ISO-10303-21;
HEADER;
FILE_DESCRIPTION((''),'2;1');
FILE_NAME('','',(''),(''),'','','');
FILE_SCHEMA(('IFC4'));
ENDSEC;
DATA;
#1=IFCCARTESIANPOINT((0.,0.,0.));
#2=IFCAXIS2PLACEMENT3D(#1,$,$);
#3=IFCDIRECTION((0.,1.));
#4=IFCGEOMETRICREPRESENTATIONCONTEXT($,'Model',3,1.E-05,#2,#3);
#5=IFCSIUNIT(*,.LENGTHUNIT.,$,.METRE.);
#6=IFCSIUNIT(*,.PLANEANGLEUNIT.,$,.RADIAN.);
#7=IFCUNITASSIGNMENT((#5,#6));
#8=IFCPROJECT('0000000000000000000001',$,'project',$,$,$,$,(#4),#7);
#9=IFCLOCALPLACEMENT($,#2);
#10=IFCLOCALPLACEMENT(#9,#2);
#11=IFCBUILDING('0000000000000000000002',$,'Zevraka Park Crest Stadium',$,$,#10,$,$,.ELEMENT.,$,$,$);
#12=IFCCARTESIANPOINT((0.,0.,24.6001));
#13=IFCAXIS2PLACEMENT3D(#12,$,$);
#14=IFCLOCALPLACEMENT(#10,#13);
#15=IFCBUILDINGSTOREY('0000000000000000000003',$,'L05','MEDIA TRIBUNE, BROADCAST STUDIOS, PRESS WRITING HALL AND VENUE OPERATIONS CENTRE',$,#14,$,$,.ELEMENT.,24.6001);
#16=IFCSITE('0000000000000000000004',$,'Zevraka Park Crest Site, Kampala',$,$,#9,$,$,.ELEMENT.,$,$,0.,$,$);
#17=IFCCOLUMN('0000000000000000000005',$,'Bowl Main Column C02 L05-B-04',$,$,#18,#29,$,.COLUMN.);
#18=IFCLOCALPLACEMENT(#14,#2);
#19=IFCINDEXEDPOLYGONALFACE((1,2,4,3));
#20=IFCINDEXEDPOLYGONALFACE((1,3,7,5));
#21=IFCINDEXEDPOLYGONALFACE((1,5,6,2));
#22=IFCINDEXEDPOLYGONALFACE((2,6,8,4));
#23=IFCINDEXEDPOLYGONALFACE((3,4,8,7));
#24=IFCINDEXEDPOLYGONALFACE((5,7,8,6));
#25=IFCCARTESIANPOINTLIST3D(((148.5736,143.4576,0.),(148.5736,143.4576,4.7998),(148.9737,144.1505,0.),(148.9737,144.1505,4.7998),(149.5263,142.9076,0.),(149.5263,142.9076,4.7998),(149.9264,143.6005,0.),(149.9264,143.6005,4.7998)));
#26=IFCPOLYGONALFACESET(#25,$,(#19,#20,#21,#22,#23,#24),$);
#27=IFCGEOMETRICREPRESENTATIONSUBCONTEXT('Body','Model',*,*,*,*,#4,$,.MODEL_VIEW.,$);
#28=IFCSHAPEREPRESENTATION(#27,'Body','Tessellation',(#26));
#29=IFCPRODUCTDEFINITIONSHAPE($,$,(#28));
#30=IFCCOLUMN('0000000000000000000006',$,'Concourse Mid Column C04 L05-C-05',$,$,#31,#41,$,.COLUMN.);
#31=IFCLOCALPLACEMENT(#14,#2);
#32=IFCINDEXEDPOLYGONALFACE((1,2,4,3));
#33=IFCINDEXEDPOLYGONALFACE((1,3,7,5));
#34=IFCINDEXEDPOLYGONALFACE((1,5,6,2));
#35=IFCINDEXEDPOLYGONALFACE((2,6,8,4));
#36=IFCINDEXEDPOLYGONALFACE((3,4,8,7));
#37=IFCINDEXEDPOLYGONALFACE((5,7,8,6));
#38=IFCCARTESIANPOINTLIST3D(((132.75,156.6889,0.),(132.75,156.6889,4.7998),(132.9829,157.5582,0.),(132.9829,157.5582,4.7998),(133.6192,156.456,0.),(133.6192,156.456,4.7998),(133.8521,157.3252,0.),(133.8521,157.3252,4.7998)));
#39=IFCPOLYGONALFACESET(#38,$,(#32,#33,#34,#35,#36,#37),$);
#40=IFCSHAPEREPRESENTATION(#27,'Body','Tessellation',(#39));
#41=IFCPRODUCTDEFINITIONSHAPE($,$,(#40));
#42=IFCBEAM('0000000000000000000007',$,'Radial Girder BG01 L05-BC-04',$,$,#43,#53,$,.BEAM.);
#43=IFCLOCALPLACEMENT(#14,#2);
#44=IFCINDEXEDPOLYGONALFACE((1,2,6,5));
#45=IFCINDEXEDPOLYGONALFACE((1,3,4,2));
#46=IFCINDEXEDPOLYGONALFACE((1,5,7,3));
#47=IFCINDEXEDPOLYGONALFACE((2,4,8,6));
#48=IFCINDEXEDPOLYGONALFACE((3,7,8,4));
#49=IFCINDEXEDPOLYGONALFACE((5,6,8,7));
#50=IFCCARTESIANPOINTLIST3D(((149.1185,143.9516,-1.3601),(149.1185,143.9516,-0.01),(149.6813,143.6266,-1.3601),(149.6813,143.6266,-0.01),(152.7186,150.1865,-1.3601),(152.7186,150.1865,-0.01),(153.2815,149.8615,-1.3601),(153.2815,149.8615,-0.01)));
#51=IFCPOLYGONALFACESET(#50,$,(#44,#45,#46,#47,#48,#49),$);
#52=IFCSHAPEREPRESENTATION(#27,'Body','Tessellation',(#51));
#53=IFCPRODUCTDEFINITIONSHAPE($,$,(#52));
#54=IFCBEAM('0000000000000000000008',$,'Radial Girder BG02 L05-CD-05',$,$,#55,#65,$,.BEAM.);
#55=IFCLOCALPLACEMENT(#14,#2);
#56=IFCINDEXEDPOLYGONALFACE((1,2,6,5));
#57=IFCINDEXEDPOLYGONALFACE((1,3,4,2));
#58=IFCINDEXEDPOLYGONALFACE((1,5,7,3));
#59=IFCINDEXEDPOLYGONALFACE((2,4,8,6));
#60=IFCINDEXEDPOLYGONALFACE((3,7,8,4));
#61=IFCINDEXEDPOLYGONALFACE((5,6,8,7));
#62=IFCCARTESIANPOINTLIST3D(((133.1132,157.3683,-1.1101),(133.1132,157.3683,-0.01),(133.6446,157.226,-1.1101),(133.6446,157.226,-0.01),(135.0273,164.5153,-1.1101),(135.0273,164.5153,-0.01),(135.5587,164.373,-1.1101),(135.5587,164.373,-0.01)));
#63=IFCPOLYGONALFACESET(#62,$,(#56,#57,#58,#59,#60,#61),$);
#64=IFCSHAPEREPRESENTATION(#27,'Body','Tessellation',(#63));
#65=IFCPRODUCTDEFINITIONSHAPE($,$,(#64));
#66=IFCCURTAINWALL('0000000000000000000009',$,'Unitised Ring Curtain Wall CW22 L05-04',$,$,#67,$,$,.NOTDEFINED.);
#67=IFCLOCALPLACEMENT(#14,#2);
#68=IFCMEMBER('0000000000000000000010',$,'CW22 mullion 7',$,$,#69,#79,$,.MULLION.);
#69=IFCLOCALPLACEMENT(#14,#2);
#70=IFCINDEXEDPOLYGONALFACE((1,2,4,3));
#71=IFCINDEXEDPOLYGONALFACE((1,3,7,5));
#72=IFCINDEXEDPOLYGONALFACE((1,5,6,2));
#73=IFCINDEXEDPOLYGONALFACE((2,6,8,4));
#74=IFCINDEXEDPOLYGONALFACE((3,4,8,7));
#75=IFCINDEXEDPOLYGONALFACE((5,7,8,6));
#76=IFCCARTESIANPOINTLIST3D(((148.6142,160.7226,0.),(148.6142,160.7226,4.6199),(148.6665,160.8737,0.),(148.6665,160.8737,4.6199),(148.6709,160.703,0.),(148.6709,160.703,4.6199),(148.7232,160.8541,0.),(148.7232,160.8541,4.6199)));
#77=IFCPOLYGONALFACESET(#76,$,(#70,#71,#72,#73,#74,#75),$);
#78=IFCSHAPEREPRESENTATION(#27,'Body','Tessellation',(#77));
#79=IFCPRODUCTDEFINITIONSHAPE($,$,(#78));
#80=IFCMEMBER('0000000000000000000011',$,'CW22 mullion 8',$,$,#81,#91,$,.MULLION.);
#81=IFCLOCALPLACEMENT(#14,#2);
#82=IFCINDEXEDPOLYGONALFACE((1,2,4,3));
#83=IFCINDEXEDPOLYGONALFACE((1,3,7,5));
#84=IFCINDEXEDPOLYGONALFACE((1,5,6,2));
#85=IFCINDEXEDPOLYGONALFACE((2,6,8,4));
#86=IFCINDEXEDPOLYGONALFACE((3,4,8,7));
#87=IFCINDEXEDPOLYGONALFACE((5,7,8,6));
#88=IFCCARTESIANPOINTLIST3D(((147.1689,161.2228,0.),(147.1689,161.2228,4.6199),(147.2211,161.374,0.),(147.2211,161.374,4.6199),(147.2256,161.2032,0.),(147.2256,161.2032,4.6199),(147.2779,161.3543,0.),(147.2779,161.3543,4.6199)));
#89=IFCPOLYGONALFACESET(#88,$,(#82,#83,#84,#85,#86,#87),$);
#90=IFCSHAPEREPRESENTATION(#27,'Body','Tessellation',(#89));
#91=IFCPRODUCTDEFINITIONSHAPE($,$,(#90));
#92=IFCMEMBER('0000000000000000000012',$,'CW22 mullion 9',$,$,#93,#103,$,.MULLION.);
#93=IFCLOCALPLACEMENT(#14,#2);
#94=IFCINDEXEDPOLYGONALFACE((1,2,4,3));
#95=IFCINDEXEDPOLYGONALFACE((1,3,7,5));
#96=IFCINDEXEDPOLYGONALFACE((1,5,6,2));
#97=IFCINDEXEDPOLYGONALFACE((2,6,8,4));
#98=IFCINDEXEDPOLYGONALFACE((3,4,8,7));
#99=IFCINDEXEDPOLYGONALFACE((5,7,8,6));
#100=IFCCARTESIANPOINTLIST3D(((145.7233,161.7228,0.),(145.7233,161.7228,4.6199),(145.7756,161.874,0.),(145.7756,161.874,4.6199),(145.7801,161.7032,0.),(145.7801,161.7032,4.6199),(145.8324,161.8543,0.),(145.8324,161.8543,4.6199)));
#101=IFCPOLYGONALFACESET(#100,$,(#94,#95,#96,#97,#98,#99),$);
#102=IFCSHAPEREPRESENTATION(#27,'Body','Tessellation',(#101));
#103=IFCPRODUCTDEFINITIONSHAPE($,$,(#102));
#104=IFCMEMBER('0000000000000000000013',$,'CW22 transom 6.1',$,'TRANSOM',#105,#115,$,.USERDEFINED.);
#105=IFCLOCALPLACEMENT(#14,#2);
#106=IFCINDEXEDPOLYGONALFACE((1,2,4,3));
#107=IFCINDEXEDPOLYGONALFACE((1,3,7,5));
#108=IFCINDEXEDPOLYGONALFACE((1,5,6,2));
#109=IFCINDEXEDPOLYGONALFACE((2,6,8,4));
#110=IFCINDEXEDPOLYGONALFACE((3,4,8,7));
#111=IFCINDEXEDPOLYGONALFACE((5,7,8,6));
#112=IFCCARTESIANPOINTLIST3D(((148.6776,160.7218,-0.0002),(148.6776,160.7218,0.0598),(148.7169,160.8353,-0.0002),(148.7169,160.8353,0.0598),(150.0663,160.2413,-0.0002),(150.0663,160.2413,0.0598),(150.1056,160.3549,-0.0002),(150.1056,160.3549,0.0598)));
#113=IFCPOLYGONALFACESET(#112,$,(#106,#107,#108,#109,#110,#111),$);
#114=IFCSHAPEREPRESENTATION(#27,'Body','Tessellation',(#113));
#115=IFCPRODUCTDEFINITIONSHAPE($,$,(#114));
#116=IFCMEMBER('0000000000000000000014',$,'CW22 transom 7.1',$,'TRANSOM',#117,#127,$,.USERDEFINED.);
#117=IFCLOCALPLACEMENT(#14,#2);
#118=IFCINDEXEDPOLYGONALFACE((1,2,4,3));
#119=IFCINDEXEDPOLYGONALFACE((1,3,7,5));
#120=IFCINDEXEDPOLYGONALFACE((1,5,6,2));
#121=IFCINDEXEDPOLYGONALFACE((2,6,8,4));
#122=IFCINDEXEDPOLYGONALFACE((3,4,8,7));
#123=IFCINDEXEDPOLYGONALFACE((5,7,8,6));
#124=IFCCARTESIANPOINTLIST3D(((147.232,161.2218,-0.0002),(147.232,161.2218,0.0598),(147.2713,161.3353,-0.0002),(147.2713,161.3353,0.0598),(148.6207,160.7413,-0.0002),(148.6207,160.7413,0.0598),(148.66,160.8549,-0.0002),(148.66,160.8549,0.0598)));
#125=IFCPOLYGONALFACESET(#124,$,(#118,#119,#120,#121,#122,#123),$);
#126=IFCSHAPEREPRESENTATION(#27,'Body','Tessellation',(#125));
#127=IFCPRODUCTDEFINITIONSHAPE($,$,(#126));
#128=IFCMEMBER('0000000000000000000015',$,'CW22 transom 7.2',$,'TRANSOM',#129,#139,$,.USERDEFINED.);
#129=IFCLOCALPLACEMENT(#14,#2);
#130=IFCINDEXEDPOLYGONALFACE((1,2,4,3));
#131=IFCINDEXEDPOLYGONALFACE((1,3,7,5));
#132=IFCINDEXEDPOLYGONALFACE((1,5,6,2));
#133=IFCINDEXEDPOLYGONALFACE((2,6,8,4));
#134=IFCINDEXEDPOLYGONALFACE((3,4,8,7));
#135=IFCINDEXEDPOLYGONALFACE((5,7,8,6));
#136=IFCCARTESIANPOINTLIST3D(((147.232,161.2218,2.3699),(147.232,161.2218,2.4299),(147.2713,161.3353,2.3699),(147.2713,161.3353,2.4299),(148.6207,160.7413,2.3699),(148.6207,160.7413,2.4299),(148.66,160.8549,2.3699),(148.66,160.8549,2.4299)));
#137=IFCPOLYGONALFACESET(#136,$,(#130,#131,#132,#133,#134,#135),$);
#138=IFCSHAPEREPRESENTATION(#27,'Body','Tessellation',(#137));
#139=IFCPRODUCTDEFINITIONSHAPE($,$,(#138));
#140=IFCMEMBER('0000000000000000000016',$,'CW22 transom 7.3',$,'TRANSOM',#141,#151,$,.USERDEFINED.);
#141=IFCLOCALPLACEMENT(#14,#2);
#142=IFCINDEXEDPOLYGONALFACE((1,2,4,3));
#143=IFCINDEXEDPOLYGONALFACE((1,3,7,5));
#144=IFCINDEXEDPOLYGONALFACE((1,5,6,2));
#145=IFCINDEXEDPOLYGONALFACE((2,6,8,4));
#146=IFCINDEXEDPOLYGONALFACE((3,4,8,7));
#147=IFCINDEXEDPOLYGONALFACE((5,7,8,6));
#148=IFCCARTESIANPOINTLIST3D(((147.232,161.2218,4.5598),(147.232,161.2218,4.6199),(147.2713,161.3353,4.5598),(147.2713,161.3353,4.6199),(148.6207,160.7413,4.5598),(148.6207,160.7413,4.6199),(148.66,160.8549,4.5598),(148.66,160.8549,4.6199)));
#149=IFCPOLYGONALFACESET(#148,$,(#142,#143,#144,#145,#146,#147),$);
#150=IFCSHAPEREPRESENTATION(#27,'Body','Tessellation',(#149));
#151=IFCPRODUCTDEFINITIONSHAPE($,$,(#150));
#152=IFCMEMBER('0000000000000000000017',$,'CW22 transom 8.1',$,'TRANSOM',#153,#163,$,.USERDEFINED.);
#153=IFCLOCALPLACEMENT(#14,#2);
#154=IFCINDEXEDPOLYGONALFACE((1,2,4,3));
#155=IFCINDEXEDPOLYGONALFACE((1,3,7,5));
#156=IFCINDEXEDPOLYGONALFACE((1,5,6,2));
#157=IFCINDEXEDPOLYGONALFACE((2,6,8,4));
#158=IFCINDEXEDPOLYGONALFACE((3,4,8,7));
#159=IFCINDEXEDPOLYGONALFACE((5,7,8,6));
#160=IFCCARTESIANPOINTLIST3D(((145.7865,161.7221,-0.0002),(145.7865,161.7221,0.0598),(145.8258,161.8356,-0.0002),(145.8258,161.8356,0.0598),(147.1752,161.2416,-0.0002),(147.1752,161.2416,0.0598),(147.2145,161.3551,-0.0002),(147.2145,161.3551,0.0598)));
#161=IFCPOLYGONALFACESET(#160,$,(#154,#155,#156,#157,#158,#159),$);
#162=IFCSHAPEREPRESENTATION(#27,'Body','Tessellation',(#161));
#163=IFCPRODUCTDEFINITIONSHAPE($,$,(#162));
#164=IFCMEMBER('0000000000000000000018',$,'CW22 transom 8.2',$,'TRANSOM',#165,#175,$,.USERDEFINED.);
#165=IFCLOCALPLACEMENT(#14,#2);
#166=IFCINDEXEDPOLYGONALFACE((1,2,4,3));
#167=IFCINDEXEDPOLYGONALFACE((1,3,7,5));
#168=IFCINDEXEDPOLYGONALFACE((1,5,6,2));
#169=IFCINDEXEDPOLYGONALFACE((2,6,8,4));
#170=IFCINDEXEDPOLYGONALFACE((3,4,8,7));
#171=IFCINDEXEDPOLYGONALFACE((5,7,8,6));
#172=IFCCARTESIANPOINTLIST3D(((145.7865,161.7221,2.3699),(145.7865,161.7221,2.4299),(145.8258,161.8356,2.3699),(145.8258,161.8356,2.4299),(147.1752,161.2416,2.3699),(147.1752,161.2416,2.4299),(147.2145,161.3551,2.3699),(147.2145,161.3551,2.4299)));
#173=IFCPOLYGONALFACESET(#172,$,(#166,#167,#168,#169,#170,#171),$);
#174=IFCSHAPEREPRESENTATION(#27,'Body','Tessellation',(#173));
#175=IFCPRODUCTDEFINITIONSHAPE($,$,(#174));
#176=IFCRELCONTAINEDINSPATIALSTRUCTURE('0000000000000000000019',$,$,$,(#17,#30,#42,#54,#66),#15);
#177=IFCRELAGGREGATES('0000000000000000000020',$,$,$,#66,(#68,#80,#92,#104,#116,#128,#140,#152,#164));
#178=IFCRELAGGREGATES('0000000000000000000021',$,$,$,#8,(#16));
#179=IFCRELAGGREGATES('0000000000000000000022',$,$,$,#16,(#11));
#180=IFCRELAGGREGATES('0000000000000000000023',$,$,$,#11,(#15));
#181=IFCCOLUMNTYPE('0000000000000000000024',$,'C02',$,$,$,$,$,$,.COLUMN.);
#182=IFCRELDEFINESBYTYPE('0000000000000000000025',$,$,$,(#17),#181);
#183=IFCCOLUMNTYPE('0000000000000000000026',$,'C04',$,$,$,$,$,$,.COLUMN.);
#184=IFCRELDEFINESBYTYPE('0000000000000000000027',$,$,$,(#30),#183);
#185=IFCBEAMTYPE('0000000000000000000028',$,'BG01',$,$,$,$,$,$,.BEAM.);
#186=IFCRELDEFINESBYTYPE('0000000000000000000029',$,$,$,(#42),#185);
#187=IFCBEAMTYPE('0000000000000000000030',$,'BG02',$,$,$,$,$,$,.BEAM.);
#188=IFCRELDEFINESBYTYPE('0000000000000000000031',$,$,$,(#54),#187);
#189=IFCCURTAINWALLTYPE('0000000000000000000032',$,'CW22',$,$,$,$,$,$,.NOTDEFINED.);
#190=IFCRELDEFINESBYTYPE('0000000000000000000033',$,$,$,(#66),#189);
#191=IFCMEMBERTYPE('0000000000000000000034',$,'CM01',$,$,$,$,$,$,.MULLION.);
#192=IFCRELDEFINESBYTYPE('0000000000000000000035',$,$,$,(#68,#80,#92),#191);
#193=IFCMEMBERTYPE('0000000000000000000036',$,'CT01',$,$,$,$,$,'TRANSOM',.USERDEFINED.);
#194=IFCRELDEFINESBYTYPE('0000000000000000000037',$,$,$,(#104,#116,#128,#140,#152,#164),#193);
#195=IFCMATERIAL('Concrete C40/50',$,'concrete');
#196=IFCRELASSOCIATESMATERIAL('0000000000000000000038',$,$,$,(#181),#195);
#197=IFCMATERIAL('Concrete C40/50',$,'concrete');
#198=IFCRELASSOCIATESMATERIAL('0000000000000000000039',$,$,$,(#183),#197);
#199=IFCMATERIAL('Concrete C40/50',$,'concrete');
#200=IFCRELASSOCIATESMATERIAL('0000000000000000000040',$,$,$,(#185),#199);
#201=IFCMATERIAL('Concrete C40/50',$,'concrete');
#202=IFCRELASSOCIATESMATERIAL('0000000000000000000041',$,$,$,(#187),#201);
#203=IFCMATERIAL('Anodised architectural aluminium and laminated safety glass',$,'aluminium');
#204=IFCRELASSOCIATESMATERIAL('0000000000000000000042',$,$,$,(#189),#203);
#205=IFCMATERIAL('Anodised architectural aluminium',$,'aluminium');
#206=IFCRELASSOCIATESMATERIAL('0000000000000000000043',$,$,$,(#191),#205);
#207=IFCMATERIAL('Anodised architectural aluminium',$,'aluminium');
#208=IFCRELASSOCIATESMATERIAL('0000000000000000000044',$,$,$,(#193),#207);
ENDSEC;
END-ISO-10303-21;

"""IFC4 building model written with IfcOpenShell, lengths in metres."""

from ifc_helpers import new_model, si_unit, direction, frame, origin, origin_2d, place, context, subcontext, project, spatial, rectangle, extrude, material, material_profile, profile_set, type_object, element, aggregate, save


model = new_model("IFC4")

# Units and contexts
model_context = context("Model", 3, precision=1e-05, world=origin(), true_north=direction((0.0, 1.0)))
body_context = subcontext(model_context, "Body", "Model", "MODEL_VIEW")
ifc_project = project(units=[si_unit("LENGTHUNIT", "METRE"), si_unit("PLANEANGLEUNIT", "RADIAN")], contexts=[model_context])

# Site, building, storey
site_placement = place(None, origin())
site = spatial("IfcSite", under=ifc_project, at=site_placement, Name="Zevraka Park Crest Site, Kampala", CompositionType="ELEMENT", RefElevation=0.0)
building_placement = place(site_placement, origin())
building = spatial("IfcBuilding", under=site, at=building_placement, Name="Zevraka Park Crest Stadium", CompositionType="ELEMENT")
storey_placement = place(building_placement, frame((0.0, 0.0, 24.6001)))
storey = spatial("IfcBuildingStorey", under=building, at=storey_placement, Name="L05", Description="MEDIA TRIBUNE, BROADCAST STUDIOS, PRESS WRITING HALL AND VENUE OPERATIONS CENTRE", CompositionType="ELEMENT", Elevation=24.6001)

# Columns
ifc_material_1 = material(Name="Concrete C40/50", Category="concrete")
ifc_material_profile_1 = material_profile(ifc_material_1, rectangle(XDim=0.8, YDim=1.1001, at=origin_2d()), Name="RC 1100x800")
ifc_profile_set_1 = profile_set([ifc_material_profile_1], Name="Concrete C40/50")
column_type_1 = type_object("IfcColumnType", Name="C02", PredefinedType="COLUMN", material=ifc_profile_set_1)
column_1_placement = place(storey_placement, frame((149.25, 143.5291, 0.0), z_axis=(0.0, 0.0, 1.0), x_axis=(0.5, 0.866025, 0.0)))
element("IfcColumn", 1, at=column_1_placement, inside=storey, type_object=column_type_1, Name="Bowl Main Column C02 L05-B-04", PredefinedType="COLUMN", context=body_context, shape_type="SweptSolid", body=[
    extrude(rectangle(XDim=0.8, YDim=1.1001, at=origin_2d()), origin(), (0.0, 0.0, 1.0), 4.7998),
])
ifc_material_2 = material(Name="Concrete C40/50", Category="concrete")
ifc_material_profile_2 = material_profile(ifc_material_2, rectangle(XDim=0.8999, YDim=0.8999, at=origin_2d()), Name="RC 900x900")
ifc_profile_set_2 = profile_set([ifc_material_profile_2], Name="Concrete C40/50")
column_type_2 = type_object("IfcColumnType", Name="C04", PredefinedType="COLUMN", material=ifc_profile_set_2)
column_2_placement = place(storey_placement, frame((133.301, 157.0071, 0.0), z_axis=(0.0, 0.0, 1.0), x_axis=(0.258819, 0.965926, 0.0)))
element("IfcColumn", 2, at=column_2_placement, inside=storey, type_object=column_type_2, Name="Concourse Mid Column C04 L05-C-05", PredefinedType="COLUMN", context=body_context, shape_type="SweptSolid", body=[
    extrude(rectangle(XDim=0.8999, YDim=0.8999, at=origin_2d()), origin(), (0.0, 0.0, 1.0), 4.7998),
])

# Beams
ifc_material_3 = material(Name="Concrete C40/50", Category="concrete")
ifc_material_profile_3 = material_profile(ifc_material_3, rectangle(XDim=0.6499, YDim=1.3501, at=origin_2d()), Name="RC 1350x650")
ifc_profile_set_3 = profile_set([ifc_material_profile_3], Name="Concrete C40/50")
beam_type_1 = type_object("IfcBeamType", Name="BG01", PredefinedType="BEAM", material=ifc_profile_set_3)
beam_1_placement = place(storey_placement, frame((149.3999, 143.7891, -0.6851), z_axis=(0.500041, 0.866001, 0.0), x_axis=(-0.866001, 0.500041, 0.0)))
element("IfcBeam", 3, at=beam_1_placement, inside=storey, type_object=beam_type_1, Name="Radial Girder BG01 L05-BC-04", PredefinedType="BEAM", context=body_context, shape_type="SweptSolid", body=[
    extrude(rectangle(XDim=0.6499, YDim=1.3501, at=origin_2d()), origin(), (0.0, 0.0, 1.0), 7.1997),
])
ifc_material_4 = material(Name="Concrete C40/50", Category="concrete")
ifc_material_profile_4 = material_profile(ifc_material_4, rectangle(XDim=0.55, YDim=1.1001, at=origin_2d()), Name="RC 1100x550")
ifc_profile_set_4 = profile_set([ifc_material_profile_4], Name="Concrete C40/50")
beam_type_2 = type_object("IfcBeamType", Name="BG02", PredefinedType="BEAM", material=ifc_profile_set_4)
beam_2_placement = place(storey_placement, frame((133.3789, 157.2971, -0.5601), z_axis=(0.258698, 0.965958, 0.0), x_axis=(-0.965958, 0.258698, 0.0)))
element("IfcBeam", 4, at=beam_2_placement, inside=storey, type_object=beam_type_2, Name="Radial Girder BG02 L05-CD-05", PredefinedType="BEAM", context=body_context, shape_type="SweptSolid", body=[
    extrude(rectangle(XDim=0.55, YDim=1.1001, at=origin_2d()), origin(), (0.0, 0.0, 1.0), 7.3989),
])

# Curtain wall, members
ifc_material_5 = material(Name="Anodised architectural aluminium and laminated safety glass", Category="aluminium")
curtain_wall_type = type_object("IfcCurtainWallType", Name="CW22", PredefinedType="NOTDEFINED", material=ifc_material_5)
curtain_wall_placement = place(storey_placement, origin())
curtain_wall = element("IfcCurtainWall", 5, at=curtain_wall_placement, inside=storey, type_object=curtain_wall_type, Name="Unitised Ring Curtain Wall CW22 L05-04", PredefinedType="NOTDEFINED")
ifc_material_6 = material(Name="Anodised architectural aluminium", Category="aluminium")
ifc_material_profile_5 = material_profile(ifc_material_6, rectangle(XDim=0.1599, YDim=0.0601, at=origin_2d()), Name="ALU MULLION 160x60")
ifc_profile_set_5 = profile_set([ifc_material_profile_5], Name="Anodised architectural aluminium")
member_type_1 = type_object("IfcMemberType", Name="CM01", PredefinedType="MULLION", material=ifc_profile_set_5)
member_1_placement = place(storey_placement, frame((148.6687, 160.7883, 0.0), z_axis=(0.0, 0.0, 1.0), x_axis=(-0.326929, -0.945049, 0.0)))
member_1 = element("IfcMember", 6, at=member_1_placement, type_object=member_type_1, Name="CW22 mullion 7", PredefinedType="MULLION", context=body_context, shape_type="SweptSolid", body=[
    extrude(rectangle(XDim=0.1599, YDim=0.0601, at=origin_2d()), origin(), (0.0, 0.0, 1.0), 4.6199),
])
member_2_placement = place(storey_placement, frame((147.2234, 161.2886, 0.0), z_axis=(0.0, 0.0, 1.0), x_axis=(-0.326929, -0.945049, 0.0)))
member_2 = element("IfcMember", 7, at=member_2_placement, type_object=member_type_1, Name="CW22 mullion 8", PredefinedType="MULLION", context=body_context, shape_type="SweptSolid", body=[
    extrude(rectangle(XDim=0.1599, YDim=0.0601, at=origin_2d()), origin(), (0.0, 0.0, 1.0), 4.6199),
])
member_3_placement = place(storey_placement, frame((145.7778, 161.7886, 0.0), z_axis=(0.0, 0.0, 1.0), x_axis=(-0.326929, -0.945049, 0.0)))
member_3 = element("IfcMember", 8, at=member_3_placement, type_object=member_type_1, Name="CW22 mullion 9", PredefinedType="MULLION", context=body_context, shape_type="SweptSolid", body=[
    extrude(rectangle(XDim=0.1599, YDim=0.0601, at=origin_2d()), origin(), (0.0, 0.0, 1.0), 4.6199),
])
ifc_material_7 = material(Name="Anodised architectural aluminium", Category="aluminium")
ifc_material_profile_6 = material_profile(ifc_material_7, rectangle(XDim=0.1201, YDim=0.0601, at=origin_2d()), Name="ALU TRANSOM 120x60")
ifc_profile_set_6 = profile_set([ifc_material_profile_6], Name="Anodised architectural aluminium")
member_type_2 = type_object("IfcMemberType", Name="CT01", ElementType="TRANSOM", PredefinedType="USERDEFINED", material=ifc_profile_set_6)
member_4_placement = place(storey_placement, frame((150.0859, 160.2981, 0.0298), z_axis=(-0.945033, 0.326974, 0.0), x_axis=(-0.326974, -0.945033, 0.0)))
member_4 = element("IfcMember", 9, at=member_4_placement, type_object=member_type_2, Name="CW22 transom 6.1", ObjectType="TRANSOM", PredefinedType="USERDEFINED", context=body_context, shape_type="SweptSolid", body=[
    extrude(rectangle(XDim=0.1201, YDim=0.0601, at=origin_2d()), origin(), (0.0, 0.0, 1.0), 1.4695),
])
member_5_placement = place(storey_placement, frame((148.6404, 160.7981, 0.0298), z_axis=(-0.945033, 0.326974, 0.0), x_axis=(-0.326974, -0.945033, 0.0)))
member_5 = element("IfcMember", 10, at=member_5_placement, type_object=member_type_2, Name="CW22 transom 7.1", ObjectType="TRANSOM", PredefinedType="USERDEFINED", context=body_context, shape_type="SweptSolid", body=[
    extrude(rectangle(XDim=0.1201, YDim=0.0601, at=origin_2d()), origin(), (0.0, 0.0, 1.0), 1.4695),
])
member_6_placement = place(storey_placement, frame((148.6404, 160.7981, 2.3999), z_axis=(-0.945033, 0.326974, 0.0), x_axis=(-0.326974, -0.945033, 0.0)))
member_6 = element("IfcMember", 11, at=member_6_placement, type_object=member_type_2, Name="CW22 transom 7.2", ObjectType="TRANSOM", PredefinedType="USERDEFINED", context=body_context, shape_type="SweptSolid", body=[
    extrude(rectangle(XDim=0.1201, YDim=0.0601, at=origin_2d()), origin(), (0.0, 0.0, 1.0), 1.4695),
])
member_7_placement = place(storey_placement, frame((148.6404, 160.7981, 4.5898), z_axis=(-0.945033, 0.326974, 0.0), x_axis=(-0.326974, -0.945033, 0.0)))
member_7 = element("IfcMember", 12, at=member_7_placement, type_object=member_type_2, Name="CW22 transom 7.3", ObjectType="TRANSOM", PredefinedType="USERDEFINED", context=body_context, shape_type="SweptSolid", body=[
    extrude(rectangle(XDim=0.1201, YDim=0.0601, at=origin_2d()), origin(), (0.0, 0.0, 1.0), 1.4695),
])
member_8_placement = place(storey_placement, frame((147.1948, 161.2983, 0.0298), z_axis=(-0.945033, 0.326974, 0.0), x_axis=(-0.326974, -0.945033, 0.0)))
member_8 = element("IfcMember", 13, at=member_8_placement, type_object=member_type_2, Name="CW22 transom 8.1", ObjectType="TRANSOM", PredefinedType="USERDEFINED", context=body_context, shape_type="SweptSolid", body=[
    extrude(rectangle(XDim=0.1201, YDim=0.0601, at=origin_2d()), origin(), (0.0, 0.0, 1.0), 1.4695),
])
member_9_placement = place(storey_placement, frame((147.1948, 161.2983, 2.3999), z_axis=(-0.945033, 0.326974, 0.0), x_axis=(-0.326974, -0.945033, 0.0)))
member_9 = element("IfcMember", 14, at=member_9_placement, type_object=member_type_2, Name="CW22 transom 8.2", ObjectType="TRANSOM", PredefinedType="USERDEFINED", context=body_context, shape_type="SweptSolid", body=[
    extrude(rectangle(XDim=0.1201, YDim=0.0601, at=origin_2d()), origin(), (0.0, 0.0, 1.0), 1.4695),
])

aggregate(curtain_wall, [member_1, member_2, member_3, member_4, member_5, member_6, member_7, member_8, member_9])

save(model, "model.ifc")
